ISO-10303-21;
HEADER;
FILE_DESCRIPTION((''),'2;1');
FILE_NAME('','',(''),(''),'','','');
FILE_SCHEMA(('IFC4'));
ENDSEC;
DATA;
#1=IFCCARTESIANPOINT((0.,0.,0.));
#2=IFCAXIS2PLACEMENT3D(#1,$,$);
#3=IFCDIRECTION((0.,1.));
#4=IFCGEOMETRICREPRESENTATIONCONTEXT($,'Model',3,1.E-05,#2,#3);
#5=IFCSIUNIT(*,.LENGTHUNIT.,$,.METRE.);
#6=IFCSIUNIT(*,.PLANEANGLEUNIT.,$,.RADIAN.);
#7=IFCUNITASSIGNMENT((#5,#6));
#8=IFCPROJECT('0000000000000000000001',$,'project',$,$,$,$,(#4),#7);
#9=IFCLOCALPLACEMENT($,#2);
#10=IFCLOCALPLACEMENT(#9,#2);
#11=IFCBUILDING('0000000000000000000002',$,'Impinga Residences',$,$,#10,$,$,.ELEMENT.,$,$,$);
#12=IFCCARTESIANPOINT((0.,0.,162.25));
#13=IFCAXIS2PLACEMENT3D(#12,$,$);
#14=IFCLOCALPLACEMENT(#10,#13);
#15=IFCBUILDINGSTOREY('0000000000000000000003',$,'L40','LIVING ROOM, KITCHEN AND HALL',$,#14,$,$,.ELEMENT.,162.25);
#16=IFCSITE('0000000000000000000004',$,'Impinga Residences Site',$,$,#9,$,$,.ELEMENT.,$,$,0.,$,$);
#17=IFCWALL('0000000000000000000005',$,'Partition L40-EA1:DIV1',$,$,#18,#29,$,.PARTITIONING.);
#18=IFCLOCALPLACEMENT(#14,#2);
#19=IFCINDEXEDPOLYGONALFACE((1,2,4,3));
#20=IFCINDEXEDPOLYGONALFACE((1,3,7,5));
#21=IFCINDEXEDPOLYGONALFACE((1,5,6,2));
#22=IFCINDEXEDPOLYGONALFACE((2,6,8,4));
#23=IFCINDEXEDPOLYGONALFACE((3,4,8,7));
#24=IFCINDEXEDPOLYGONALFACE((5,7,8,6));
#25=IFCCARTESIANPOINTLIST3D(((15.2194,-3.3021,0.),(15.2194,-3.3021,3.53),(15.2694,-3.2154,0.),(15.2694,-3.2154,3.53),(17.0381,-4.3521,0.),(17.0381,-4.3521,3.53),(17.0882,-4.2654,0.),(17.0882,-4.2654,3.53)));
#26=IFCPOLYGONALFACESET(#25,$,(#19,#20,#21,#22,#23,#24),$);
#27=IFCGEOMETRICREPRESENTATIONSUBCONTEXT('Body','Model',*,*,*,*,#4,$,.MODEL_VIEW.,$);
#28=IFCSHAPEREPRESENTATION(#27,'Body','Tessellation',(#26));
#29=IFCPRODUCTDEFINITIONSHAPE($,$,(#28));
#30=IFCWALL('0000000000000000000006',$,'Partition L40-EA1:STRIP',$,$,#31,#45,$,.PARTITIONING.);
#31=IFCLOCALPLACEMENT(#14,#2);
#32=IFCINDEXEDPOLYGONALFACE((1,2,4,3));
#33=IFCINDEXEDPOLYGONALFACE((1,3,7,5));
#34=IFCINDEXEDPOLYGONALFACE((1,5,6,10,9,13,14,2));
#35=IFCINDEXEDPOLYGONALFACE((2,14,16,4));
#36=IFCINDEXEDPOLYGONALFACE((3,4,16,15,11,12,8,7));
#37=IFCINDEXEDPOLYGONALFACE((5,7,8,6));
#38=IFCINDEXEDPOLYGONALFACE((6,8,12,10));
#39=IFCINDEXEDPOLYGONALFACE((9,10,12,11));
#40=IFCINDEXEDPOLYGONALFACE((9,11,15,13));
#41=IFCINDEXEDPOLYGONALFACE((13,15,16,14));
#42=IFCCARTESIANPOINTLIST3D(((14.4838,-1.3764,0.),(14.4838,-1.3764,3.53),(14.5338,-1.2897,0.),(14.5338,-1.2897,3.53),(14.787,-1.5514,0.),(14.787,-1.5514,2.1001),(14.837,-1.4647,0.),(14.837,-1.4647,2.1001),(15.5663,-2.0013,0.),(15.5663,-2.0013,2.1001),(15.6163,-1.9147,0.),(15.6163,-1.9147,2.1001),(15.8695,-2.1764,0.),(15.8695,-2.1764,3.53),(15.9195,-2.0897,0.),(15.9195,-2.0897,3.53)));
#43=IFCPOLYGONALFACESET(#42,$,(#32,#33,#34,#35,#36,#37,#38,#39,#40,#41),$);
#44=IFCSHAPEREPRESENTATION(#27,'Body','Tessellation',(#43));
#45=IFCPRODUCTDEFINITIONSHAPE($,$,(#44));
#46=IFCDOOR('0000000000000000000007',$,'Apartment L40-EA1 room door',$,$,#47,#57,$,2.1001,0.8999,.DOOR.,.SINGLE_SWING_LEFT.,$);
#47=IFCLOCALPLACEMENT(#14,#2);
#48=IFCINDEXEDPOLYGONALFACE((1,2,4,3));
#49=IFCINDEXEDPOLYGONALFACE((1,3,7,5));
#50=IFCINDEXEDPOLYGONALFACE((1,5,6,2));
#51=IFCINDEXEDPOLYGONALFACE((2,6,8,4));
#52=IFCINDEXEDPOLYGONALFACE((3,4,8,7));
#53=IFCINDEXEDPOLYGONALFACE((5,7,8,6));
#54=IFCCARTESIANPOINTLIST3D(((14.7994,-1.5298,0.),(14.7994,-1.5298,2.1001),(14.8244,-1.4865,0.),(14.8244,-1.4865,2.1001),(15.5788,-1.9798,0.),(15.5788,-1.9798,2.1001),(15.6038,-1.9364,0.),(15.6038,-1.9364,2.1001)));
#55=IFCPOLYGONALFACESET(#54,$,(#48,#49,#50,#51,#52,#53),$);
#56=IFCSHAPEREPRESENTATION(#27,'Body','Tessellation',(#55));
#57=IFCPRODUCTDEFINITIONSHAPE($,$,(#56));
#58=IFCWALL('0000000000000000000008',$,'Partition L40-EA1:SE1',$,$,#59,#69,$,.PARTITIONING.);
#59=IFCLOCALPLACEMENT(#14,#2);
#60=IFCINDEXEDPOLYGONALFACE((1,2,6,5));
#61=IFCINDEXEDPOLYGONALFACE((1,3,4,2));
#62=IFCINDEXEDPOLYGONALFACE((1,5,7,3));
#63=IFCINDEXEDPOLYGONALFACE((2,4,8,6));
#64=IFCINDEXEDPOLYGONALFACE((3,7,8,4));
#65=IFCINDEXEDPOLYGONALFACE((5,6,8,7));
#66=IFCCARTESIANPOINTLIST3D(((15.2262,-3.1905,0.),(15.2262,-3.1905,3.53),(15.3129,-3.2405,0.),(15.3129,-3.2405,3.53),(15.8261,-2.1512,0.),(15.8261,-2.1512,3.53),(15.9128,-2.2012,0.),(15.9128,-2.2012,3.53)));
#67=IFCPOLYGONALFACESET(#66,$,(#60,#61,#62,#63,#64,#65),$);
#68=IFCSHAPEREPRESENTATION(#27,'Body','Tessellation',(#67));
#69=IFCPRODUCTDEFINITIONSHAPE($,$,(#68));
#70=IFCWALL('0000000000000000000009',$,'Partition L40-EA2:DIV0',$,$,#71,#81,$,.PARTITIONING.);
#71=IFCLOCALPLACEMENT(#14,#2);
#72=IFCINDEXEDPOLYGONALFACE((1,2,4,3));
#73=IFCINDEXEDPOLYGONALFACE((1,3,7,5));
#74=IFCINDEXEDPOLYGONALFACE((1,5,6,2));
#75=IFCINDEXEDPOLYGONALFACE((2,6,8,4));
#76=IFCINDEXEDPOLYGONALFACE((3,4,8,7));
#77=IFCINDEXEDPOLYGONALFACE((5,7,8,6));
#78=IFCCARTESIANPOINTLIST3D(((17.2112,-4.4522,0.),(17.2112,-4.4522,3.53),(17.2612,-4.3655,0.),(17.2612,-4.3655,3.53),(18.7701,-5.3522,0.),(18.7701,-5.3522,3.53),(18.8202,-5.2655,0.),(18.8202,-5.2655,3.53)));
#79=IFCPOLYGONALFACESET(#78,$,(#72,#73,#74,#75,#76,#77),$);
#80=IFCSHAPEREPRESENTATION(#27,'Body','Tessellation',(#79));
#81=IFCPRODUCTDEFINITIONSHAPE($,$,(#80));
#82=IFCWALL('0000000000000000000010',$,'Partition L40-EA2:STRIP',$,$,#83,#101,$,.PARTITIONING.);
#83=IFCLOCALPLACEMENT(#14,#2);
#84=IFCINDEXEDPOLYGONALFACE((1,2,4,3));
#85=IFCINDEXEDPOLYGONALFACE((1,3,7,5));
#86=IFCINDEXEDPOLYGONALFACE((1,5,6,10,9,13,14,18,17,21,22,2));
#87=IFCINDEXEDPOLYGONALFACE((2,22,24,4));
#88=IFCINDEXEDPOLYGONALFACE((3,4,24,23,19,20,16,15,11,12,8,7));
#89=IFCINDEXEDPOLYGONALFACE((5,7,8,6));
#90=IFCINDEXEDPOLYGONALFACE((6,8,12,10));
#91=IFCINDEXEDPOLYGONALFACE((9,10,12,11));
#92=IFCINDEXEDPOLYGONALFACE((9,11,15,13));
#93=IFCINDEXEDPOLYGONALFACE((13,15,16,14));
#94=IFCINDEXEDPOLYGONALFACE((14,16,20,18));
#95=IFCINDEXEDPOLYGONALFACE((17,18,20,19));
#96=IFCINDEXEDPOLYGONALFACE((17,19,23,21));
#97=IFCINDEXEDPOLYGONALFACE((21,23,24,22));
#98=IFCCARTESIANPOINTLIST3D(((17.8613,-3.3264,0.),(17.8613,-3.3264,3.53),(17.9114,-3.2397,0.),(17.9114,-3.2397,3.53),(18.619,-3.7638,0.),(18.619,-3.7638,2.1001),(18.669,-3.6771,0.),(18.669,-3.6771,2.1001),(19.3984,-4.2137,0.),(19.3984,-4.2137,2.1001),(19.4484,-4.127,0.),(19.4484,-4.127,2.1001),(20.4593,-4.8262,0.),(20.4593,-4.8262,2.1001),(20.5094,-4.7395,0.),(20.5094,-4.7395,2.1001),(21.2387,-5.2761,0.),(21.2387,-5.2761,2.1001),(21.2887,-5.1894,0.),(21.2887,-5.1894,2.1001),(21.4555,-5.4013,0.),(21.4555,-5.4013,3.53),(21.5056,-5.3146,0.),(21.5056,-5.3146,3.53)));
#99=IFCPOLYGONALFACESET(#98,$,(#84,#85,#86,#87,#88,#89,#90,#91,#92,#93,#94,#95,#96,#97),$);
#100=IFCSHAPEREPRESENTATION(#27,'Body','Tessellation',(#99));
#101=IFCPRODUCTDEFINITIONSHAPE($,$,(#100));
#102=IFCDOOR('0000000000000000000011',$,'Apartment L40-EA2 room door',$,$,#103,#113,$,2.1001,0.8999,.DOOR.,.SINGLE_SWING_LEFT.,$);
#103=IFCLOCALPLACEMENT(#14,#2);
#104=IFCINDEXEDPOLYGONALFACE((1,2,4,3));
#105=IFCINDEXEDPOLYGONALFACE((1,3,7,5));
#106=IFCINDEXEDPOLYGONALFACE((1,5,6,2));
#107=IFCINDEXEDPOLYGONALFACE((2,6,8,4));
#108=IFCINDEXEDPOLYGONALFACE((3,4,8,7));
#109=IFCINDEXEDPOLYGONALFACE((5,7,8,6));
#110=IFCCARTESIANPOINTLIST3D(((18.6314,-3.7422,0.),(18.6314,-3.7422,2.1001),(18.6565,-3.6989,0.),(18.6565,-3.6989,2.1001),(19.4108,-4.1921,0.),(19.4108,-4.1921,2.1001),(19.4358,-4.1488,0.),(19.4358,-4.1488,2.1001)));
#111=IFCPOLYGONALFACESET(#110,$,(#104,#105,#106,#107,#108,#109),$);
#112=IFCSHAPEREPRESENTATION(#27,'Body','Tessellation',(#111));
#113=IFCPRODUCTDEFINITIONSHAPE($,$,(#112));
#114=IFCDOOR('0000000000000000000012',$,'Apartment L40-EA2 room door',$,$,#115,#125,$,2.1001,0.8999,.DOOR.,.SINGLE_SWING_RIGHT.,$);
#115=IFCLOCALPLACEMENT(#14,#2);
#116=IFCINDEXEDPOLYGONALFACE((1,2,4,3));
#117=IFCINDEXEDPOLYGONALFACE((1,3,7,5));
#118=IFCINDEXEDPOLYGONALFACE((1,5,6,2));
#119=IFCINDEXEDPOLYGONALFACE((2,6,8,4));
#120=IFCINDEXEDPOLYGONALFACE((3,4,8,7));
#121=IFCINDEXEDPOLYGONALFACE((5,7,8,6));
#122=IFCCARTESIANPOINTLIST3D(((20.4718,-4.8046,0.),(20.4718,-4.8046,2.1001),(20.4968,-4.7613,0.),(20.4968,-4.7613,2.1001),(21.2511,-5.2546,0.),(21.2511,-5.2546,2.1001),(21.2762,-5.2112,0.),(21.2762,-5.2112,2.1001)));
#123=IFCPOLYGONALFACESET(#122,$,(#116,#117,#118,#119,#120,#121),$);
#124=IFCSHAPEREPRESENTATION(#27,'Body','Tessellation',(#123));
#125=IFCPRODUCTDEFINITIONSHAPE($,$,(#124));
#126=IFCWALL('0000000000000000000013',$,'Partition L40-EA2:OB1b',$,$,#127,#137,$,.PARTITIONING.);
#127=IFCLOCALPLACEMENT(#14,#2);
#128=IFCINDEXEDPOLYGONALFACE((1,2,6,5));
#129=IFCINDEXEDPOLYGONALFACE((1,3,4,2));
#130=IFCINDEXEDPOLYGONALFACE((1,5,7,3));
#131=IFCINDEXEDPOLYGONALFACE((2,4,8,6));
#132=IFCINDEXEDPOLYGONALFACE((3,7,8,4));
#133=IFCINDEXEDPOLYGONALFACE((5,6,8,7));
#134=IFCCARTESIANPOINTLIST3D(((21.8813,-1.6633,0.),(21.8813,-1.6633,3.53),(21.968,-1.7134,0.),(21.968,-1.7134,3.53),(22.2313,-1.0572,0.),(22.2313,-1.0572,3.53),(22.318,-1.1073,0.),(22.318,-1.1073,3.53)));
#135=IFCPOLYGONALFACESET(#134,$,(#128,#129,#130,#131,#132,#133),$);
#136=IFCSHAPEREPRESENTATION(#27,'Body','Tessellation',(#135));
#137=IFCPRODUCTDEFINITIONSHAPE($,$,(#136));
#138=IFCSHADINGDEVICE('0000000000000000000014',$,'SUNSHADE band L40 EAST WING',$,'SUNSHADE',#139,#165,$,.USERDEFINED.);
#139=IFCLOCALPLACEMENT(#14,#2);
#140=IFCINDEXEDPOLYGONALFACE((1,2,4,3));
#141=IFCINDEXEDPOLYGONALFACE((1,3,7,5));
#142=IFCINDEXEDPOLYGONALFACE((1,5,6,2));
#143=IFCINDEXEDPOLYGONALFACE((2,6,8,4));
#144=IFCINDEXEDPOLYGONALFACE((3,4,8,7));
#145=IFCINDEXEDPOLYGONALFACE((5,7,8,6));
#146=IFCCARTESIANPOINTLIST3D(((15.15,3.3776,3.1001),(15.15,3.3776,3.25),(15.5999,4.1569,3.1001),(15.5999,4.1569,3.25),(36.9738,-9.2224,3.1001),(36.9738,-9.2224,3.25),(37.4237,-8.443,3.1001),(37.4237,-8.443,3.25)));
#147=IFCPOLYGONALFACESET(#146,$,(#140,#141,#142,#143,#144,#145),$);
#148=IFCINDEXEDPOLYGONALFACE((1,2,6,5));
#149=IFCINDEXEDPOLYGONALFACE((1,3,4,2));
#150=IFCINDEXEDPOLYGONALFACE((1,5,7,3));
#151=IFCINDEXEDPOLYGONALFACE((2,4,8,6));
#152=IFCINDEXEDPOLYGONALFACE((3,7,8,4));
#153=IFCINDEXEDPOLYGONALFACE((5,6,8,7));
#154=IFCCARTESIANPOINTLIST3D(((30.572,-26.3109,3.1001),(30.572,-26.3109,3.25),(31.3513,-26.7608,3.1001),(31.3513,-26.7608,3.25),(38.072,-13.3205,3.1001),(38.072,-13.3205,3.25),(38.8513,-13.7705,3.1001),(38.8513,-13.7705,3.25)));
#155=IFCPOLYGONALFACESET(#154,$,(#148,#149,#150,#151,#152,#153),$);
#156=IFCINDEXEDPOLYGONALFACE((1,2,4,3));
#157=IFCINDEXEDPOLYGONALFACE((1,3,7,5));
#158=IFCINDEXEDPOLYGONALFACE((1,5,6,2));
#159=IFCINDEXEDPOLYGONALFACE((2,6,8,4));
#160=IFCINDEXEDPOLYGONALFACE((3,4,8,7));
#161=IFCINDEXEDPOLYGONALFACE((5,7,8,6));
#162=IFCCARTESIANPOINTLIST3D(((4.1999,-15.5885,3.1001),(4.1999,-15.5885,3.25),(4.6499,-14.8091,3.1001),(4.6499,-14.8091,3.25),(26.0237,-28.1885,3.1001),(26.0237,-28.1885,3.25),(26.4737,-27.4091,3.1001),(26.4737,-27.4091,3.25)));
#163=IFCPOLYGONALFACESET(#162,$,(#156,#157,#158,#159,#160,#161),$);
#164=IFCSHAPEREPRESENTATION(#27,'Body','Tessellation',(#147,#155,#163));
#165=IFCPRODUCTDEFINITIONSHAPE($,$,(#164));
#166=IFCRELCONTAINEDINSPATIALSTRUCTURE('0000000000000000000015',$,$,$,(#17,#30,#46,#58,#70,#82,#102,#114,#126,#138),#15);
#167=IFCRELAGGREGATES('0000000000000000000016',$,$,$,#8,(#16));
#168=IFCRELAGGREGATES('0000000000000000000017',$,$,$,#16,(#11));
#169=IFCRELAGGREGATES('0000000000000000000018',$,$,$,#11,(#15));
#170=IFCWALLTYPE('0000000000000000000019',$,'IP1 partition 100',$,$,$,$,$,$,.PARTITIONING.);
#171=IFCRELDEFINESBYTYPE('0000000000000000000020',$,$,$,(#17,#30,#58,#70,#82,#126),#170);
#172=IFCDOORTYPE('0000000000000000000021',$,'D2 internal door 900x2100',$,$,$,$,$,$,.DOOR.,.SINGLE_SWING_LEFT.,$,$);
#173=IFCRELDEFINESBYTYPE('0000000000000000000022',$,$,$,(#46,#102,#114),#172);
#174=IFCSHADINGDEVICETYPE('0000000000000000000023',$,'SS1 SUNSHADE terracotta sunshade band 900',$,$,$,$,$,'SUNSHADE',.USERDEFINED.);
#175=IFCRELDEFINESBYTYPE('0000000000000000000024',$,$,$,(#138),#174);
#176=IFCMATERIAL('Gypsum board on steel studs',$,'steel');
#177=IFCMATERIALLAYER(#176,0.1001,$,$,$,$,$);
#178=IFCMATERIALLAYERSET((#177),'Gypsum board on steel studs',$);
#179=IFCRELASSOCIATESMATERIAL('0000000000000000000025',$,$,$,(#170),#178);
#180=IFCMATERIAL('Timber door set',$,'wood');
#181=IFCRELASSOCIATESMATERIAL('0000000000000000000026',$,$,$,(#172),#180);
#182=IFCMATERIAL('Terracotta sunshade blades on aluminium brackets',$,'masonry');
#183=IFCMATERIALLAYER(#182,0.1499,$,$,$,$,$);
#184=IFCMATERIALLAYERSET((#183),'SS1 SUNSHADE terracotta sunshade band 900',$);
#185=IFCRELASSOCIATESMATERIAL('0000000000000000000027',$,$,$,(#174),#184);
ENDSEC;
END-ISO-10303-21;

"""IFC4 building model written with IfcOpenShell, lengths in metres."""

from ifc_helpers import new_model, si_unit, direction, frame, frame_2d, origin, origin_2d, place, context, subcontext, project, spatial, rectangle, extrude, material, layer, layer_set, type_object, element, fill, save


model = new_model("IFC4")

# Units and contexts
model_context = context("Model", 3, precision=1e-05, world=origin(), true_north=direction((0.0, 1.0)))
body_context = subcontext(model_context, "Body", "Model", "MODEL_VIEW")
ifc_project = project(units=[si_unit("LENGTHUNIT", "METRE"), si_unit("PLANEANGLEUNIT", "RADIAN")], contexts=[model_context])

# Site, building, storey
site_placement = place(None, origin())
site = spatial("IfcSite", under=ifc_project, at=site_placement, Name="Impinga Residences Site", CompositionType="ELEMENT", RefElevation=0.0)
building_placement = place(site_placement, origin())
building = spatial("IfcBuilding", under=site, at=building_placement, Name="Impinga Residences", CompositionType="ELEMENT")
storey_placement = place(building_placement, frame((0.0, 0.0, 162.25)))
storey = spatial("IfcBuildingStorey", under=building, at=storey_placement, Name="L40", Description="LIVING ROOM, KITCHEN AND HALL", CompositionType="ELEMENT", Elevation=162.25)

# Wall
ifc_material_1 = material(Name="Gypsum board on steel studs", Category="steel")
ifc_layer_1 = layer(ifc_material_1, 0.1001)
ifc_layer_set_1 = layer_set([ifc_layer_1], Name="Gypsum board on steel studs")
wall_type_1 = type_object("IfcWallType", Name="IP1 partition 100", PredefinedType="PARTITIONING", material=ifc_layer_set_1)
wall_1_placement = place(storey_placement, frame((15.2444, -3.2588, 0.0), z_axis=(0.0, 0.0, 1.0), x_axis=(0.866038, -0.499977, 0.0)))
element("IfcWall", 1, at=wall_1_placement, inside=storey, type_object=wall_type_1, Name="Partition L40-EA1:DIV1", PredefinedType="PARTITIONING", context=body_context, shape_type="SweptSolid", body=[
    extrude(rectangle(XDim=2.1001, YDim=0.1001, at=frame_2d((1.05, 0.0))), origin(), (0.0, 0.0, 1.0), 3.53),
])

# Wall, opening, door
wall_2_placement = place(storey_placement, frame((14.5088, -1.333, 0.0), z_axis=(0.0, 0.0, 1.0), x_axis=(0.866028, -0.499995, 0.0)))
wall_2 = element("IfcWall", 2, at=wall_2_placement, inside=storey, type_object=wall_type_1, Name="Partition L40-EA1:STRIP", PredefinedType="PARTITIONING", context=body_context, shape_type="SweptSolid", body=[
    extrude(rectangle(XDim=1.6001, YDim=0.1001, at=frame_2d((0.8, 0.0))), origin(), (0.0, 0.0, 1.0), 3.53),
])
opening_1_placement = place(wall_2_placement, frame((0.3501, 0.0, 0.0)))
opening_1 = element("IfcOpeningElement", 3, at=opening_1_placement, cuts=wall_2, PredefinedType="OPENING", context=body_context, shape_type="SweptSolid", body=[
    extrude(rectangle(XDim=0.8999, YDim=2.1001, at=frame_2d((0.45, 1.05))), frame((0.0, 0.0601, 0.0), z_axis=(0.0, -1.0, 0.0), x_axis=(1.0, 0.0, 0.0)), (0.0, 0.0, 1.0), 0.1201),
])
ifc_material_2 = material(Name="Timber door set", Category="wood")
door_type = type_object("IfcDoorType", Name="D2 internal door 900x2100", OperationType="SINGLE_SWING_LEFT", PredefinedType="DOOR", material=ifc_material_2)
door_1_placement = place(opening_1_placement, origin())
door_1 = element("IfcDoor", 4, at=door_1_placement, inside=storey, type_object=door_type, Name="Apartment L40-EA1 room door", OperationType="SINGLE_SWING_LEFT", OverallHeight=2.1001, OverallWidth=0.8999, PredefinedType="DOOR", context=body_context, shape_type="SweptSolid", body=[
    extrude(rectangle(XDim=0.8999, YDim=2.1001, at=frame_2d((0.45, 1.05))), frame((0.0, 0.0249, 0.0), z_axis=(0.0, -1.0, 0.0), x_axis=(1.0, 0.0, 0.0)), (0.0, 0.0, 1.0), 0.05),
])
fill(opening_1, door_1)

# Walls
wall_3_placement = place(storey_placement, frame((15.2695, -3.2156, 0.0), z_axis=(0.0, 0.0, 1.0), x_axis=(0.499881, 0.866094, 0.0)))
element("IfcWall", 5, at=wall_3_placement, inside=storey, type_object=wall_type_1, Name="Partition L40-EA1:SE1", PredefinedType="PARTITIONING", context=body_context, shape_type="SweptSolid", body=[
    extrude(rectangle(XDim=1.2, YDim=0.1001, at=frame_2d((0.6001, 0.0))), origin(), (0.0, 0.0, 1.0), 3.53),
])
wall_4_placement = place(storey_placement, frame((17.2363, -4.4089, 0.0), z_axis=(0.0, 0.0, 1.0), x_axis=(0.866048, -0.499961, 0.0)))
element("IfcWall", 6, at=wall_4_placement, inside=storey, type_object=wall_type_1, Name="Partition L40-EA2:DIV0", PredefinedType="PARTITIONING", context=body_context, shape_type="SweptSolid", body=[
    extrude(rectangle(XDim=1.8, YDim=0.1001, at=frame_2d((0.8999, 0.0))), origin(), (0.0, 0.0, 1.0), 3.53),
])

# Wall, openings, doors
wall_5_placement = place(storey_placement, frame((17.8862, -3.283, 0.0), z_axis=(0.0, 0.0, 1.0), x_axis=(0.866045, -0.499967, 0.0)))
wall_5 = element("IfcWall", 7, at=wall_5_placement, inside=storey, type_object=wall_type_1, Name="Partition L40-EA2:STRIP", PredefinedType="PARTITIONING", context=body_context, shape_type="SweptSolid", body=[
    extrude(rectangle(XDim=4.1501, YDim=0.1001, at=frame_2d((2.0752, 0.0))), origin(), (0.0, 0.0, 1.0), 3.53),
])
opening_2_placement = place(wall_5_placement, frame((0.875, 0.0, 0.0)))
opening_2 = element("IfcOpeningElement", 8, at=opening_2_placement, cuts=wall_5, PredefinedType="OPENING", context=body_context, shape_type="SweptSolid", body=[
    extrude(rectangle(XDim=0.8999, YDim=2.1001, at=frame_2d((0.45, 1.05))), frame((0.0, 0.0601, 0.0), z_axis=(0.0, -1.0, 0.0), x_axis=(1.0, 0.0, 0.0)), (0.0, 0.0, 1.0), 0.1201),
])
opening_3_placement = place(wall_5_placement, frame((3.0, 0.0, 0.0)))
opening_3 = element("IfcOpeningElement", 9, at=opening_3_placement, cuts=wall_5, PredefinedType="OPENING", context=body_context, shape_type="SweptSolid", body=[
    extrude(rectangle(XDim=0.8999, YDim=2.1001, at=frame_2d((0.45, 1.05))), frame((0.0, 0.0601, 0.0), z_axis=(0.0, -1.0, 0.0), x_axis=(1.0, 0.0, 0.0)), (0.0, 0.0, 1.0), 0.1201),
])
door_2_placement = place(opening_2_placement, origin())
door_2 = element("IfcDoor", 10, at=door_2_placement, inside=storey, type_object=door_type, Name="Apartment L40-EA2 room door", OperationType="SINGLE_SWING_LEFT", OverallHeight=2.1001, OverallWidth=0.8999, PredefinedType="DOOR", context=body_context, shape_type="SweptSolid", body=[
    extrude(rectangle(XDim=0.8999, YDim=2.1001, at=frame_2d((0.45, 1.05))), frame((0.0, 0.0249, 0.0), z_axis=(0.0, -1.0, 0.0), x_axis=(1.0, 0.0, 0.0)), (0.0, 0.0, 1.0), 0.05),
])
fill(opening_2, door_2)
door_3_placement = place(opening_3_placement, origin())
door_3 = element("IfcDoor", 11, at=door_3_placement, inside=storey, type_object=door_type, Name="Apartment L40-EA2 room door", OperationType="SINGLE_SWING_RIGHT", OverallHeight=2.1001, OverallWidth=0.8999, PredefinedType="DOOR", context=body_context, shape_type="SweptSolid", body=[
    extrude(rectangle(XDim=0.8999, YDim=2.1001, at=frame_2d((0.45, 1.05))), frame((0.0, 0.0249, 0.0), z_axis=(0.0, -1.0, 0.0), x_axis=(1.0, 0.0, 0.0)), (0.0, 0.0, 1.0), 0.05),
])
fill(opening_3, door_3)

# Wall
wall_6_placement = place(storey_placement, frame((21.9246, -1.6885, 0.0), z_axis=(0.0, 0.0, 1.0), x_axis=(0.500115, 0.865959, 0.0)))
element("IfcWall", 12, at=wall_6_placement, inside=storey, type_object=wall_type_1, Name="Partition L40-EA2:OB1b", PredefinedType="PARTITIONING", context=body_context, shape_type="SweptSolid", body=[
    extrude(rectangle(XDim=0.7, YDim=0.1001, at=frame_2d((0.3501, 0.0))), origin(), (0.0, 0.0, 1.0), 3.53),
])

# Shading device
ifc_material_3 = material(Name="Terracotta sunshade blades on aluminium brackets", Category="masonry")
ifc_layer_2 = layer(ifc_material_3, 0.1499)
ifc_layer_set_2 = layer_set([ifc_layer_2], Name="SS1 SUNSHADE terracotta sunshade band 900")
shading_device_type = type_object("IfcShadingDeviceType", Name="SS1 SUNSHADE terracotta sunshade band 900", ElementType="SUNSHADE", PredefinedType="USERDEFINED", material=ifc_layer_set_2)
shading_device_placement = place(storey_placement, frame((26.2869, -2.5327, 3.1001), z_axis=(0.0, 0.0, 1.0), x_axis=(0.866025, -0.5, 0.0)))
element("IfcShadingDevice", 13, at=shading_device_placement, inside=storey, type_object=shading_device_type, Name="SUNSHADE band L40 EAST WING", ObjectType="SUNSHADE", PredefinedType="USERDEFINED", context=body_context, shape_type="SweptSolid", body=[
    extrude(rectangle(XDim=25.2, YDim=0.8999, at=origin_2d()), origin(), (0.0, 0.0, 1.0), 0.1499),
    extrude(rectangle(XDim=15.0, YDim=0.8999, at=origin_2d()), frame((16.05, -10.95, 0.0), z_axis=(0.0, 0.0, 1.0), x_axis=(0.0, -1.0, 0.0)), (0.0, 0.0, 1.0), 0.1499),
    extrude(rectangle(XDim=25.2, YDim=0.8999, at=origin_2d()), frame((0.0, -21.9001, 0.0), z_axis=(0.0, 0.0, 1.0), x_axis=(-1.0, 0.0, 0.0)), (0.0, 0.0, 1.0), 0.1499),
])

save(model, "model.ifc")
